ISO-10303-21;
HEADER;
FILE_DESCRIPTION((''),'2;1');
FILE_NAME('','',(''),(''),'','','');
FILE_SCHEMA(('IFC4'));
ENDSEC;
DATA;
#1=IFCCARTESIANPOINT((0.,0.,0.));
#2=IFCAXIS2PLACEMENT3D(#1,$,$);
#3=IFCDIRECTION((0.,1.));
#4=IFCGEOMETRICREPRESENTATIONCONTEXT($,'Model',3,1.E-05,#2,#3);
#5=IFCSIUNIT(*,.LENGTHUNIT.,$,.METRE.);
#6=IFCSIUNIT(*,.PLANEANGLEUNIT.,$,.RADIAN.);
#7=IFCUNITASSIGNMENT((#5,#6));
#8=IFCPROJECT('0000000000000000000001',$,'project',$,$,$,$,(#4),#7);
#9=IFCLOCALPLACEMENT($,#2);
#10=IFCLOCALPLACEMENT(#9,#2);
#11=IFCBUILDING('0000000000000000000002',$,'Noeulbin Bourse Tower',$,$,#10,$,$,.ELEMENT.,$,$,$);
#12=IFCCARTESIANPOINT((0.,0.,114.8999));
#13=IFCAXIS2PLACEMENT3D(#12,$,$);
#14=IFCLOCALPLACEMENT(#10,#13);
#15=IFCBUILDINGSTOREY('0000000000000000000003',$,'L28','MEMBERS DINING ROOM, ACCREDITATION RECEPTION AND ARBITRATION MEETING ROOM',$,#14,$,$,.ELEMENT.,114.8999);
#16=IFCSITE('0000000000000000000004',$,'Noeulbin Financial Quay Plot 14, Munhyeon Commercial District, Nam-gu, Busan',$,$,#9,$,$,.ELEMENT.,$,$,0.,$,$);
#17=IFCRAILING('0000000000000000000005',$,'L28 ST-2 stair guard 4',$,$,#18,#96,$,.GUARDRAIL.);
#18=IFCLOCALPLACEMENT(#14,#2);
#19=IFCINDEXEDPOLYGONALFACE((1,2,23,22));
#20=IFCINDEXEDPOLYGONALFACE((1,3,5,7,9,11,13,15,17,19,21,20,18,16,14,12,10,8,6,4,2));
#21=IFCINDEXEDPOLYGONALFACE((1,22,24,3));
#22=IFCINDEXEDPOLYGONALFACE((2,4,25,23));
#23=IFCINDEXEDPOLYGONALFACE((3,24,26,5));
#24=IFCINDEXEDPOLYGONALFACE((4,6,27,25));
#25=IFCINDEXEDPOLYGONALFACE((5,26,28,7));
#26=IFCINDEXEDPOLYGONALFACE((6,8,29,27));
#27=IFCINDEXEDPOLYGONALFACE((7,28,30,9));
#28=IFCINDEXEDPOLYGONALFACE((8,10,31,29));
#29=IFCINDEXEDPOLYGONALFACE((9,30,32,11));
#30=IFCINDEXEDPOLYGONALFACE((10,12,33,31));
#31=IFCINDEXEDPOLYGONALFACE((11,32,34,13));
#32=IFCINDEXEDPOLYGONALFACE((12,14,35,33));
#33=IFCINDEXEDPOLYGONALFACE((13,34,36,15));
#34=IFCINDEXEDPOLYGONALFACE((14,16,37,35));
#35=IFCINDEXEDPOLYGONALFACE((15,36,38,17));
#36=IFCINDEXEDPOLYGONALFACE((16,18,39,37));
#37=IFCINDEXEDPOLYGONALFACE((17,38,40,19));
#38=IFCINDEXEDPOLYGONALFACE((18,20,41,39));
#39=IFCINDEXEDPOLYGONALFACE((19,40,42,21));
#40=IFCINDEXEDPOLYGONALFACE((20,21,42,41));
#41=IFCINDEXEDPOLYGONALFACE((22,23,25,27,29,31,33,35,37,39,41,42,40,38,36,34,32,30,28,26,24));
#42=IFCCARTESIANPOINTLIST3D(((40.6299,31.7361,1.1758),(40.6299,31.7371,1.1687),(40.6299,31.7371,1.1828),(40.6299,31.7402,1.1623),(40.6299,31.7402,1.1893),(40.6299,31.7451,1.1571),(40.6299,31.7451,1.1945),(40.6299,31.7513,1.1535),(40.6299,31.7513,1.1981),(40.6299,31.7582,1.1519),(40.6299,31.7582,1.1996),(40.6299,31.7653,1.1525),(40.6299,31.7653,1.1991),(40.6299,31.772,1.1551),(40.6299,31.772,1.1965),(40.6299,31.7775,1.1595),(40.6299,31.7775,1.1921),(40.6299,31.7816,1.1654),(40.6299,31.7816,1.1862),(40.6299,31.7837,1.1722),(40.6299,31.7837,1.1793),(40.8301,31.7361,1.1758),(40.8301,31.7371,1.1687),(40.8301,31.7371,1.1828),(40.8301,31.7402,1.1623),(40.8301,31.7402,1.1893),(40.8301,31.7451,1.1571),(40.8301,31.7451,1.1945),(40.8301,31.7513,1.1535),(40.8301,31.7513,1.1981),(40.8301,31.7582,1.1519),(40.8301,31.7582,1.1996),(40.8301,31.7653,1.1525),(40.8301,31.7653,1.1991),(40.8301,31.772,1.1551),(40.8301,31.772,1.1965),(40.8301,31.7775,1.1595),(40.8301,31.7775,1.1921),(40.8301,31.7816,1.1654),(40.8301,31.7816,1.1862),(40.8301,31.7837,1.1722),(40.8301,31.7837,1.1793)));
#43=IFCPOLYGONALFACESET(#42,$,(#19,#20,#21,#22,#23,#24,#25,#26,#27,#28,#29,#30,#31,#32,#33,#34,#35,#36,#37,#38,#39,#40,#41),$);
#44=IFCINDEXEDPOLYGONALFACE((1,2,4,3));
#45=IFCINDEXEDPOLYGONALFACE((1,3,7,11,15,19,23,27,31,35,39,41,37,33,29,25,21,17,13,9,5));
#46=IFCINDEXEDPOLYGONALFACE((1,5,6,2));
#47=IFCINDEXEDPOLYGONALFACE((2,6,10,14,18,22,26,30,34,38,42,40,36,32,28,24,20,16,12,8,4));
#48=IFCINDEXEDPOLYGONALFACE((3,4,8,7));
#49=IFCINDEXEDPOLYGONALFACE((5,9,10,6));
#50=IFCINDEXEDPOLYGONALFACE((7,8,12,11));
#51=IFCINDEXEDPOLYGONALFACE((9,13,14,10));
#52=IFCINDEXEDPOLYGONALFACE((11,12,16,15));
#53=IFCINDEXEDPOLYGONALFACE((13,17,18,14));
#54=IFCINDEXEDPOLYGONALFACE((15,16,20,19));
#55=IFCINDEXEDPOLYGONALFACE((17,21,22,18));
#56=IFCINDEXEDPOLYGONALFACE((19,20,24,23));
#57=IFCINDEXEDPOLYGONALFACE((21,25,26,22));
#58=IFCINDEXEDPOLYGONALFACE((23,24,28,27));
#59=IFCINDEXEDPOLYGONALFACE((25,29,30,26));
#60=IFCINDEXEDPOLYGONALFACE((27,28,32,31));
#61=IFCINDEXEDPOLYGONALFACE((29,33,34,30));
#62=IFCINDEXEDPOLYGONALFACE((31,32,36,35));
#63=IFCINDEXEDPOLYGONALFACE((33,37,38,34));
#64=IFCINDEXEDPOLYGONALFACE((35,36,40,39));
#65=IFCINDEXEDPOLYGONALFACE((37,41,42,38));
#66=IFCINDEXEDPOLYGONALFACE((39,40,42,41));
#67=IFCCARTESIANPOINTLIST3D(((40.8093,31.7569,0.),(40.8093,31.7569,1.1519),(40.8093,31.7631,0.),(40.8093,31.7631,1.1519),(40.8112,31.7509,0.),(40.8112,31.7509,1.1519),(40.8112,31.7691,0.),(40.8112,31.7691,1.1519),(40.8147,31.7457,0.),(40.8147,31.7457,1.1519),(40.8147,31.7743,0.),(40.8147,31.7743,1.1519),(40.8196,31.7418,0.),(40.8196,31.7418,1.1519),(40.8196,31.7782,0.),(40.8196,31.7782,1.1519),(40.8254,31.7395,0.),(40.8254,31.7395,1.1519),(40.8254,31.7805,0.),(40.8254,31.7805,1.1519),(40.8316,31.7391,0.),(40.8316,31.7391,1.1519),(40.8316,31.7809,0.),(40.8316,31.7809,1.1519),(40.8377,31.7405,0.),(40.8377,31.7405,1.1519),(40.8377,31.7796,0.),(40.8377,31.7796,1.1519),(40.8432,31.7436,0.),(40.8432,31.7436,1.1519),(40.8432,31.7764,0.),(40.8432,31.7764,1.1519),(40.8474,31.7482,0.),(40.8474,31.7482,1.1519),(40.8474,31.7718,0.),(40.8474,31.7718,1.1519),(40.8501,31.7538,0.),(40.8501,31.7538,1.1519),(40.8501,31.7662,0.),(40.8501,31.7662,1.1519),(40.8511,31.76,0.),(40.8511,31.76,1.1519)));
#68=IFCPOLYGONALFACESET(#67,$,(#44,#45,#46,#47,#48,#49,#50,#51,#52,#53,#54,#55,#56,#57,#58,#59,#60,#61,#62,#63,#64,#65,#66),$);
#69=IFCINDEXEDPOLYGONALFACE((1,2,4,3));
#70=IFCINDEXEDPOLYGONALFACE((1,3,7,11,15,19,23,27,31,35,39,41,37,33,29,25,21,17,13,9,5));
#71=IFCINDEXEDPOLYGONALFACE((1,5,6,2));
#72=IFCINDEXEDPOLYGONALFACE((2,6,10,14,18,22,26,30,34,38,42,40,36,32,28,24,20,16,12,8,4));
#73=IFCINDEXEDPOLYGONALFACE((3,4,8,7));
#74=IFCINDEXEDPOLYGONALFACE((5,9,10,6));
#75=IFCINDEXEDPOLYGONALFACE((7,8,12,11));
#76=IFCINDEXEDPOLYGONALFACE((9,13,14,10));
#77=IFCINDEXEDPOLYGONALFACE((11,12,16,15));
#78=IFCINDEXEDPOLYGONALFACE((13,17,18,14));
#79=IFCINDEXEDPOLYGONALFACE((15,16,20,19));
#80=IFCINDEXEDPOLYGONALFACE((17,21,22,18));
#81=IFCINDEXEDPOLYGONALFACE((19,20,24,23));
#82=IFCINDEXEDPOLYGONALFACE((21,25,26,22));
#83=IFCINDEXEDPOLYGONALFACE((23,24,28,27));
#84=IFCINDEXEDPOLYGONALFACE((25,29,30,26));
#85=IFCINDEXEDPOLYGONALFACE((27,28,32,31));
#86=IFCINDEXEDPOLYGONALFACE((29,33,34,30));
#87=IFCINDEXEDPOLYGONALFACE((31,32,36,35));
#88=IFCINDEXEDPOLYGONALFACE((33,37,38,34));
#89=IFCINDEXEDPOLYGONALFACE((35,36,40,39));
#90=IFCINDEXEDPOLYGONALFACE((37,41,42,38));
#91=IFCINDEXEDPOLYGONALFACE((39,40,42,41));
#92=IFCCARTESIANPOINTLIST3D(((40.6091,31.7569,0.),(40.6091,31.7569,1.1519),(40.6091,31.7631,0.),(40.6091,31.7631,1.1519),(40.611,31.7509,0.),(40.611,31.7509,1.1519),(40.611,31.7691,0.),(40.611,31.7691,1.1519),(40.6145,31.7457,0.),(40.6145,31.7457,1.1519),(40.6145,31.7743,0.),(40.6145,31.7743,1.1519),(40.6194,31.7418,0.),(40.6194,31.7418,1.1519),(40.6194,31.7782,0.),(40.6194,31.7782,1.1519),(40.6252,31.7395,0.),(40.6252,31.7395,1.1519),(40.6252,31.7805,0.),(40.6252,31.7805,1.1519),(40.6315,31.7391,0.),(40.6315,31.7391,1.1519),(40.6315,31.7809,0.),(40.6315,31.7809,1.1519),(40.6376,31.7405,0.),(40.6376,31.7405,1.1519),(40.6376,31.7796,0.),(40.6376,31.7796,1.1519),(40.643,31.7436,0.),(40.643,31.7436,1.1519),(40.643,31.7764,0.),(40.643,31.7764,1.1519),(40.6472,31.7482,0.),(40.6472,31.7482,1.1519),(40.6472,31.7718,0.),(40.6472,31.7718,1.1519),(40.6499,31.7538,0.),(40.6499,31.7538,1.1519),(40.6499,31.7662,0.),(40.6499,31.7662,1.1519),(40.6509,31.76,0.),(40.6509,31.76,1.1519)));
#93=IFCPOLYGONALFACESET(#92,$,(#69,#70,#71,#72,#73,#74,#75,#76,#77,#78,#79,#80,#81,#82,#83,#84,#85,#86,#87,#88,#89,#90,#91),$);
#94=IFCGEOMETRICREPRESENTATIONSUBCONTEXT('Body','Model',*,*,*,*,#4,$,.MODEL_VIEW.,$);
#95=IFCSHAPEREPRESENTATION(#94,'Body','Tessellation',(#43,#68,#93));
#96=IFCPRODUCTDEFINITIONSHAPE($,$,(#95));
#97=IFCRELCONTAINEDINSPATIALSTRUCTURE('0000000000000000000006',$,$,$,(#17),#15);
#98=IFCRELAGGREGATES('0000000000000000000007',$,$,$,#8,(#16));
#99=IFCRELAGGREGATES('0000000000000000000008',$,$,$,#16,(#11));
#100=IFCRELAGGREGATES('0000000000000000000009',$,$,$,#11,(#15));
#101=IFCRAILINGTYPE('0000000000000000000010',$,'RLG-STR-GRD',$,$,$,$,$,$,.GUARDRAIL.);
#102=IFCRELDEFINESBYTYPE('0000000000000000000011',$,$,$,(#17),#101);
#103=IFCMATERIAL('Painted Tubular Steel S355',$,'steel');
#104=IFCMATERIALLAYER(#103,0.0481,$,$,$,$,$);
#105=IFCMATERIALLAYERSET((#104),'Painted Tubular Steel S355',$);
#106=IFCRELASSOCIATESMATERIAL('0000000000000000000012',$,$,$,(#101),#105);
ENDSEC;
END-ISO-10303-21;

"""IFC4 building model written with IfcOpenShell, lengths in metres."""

from ifc_helpers import new_model, si_unit, direction, frame, origin, origin_2d, place, context, subcontext, project, spatial, circle, extrude, material, layer, layer_set, type_object, element, save


model = new_model("IFC4")

# Units and contexts
model_context = context("Model", 3, precision=1e-05, world=origin(), true_north=direction((0.0, 1.0)))
body_context = subcontext(model_context, "Body", "Model", "MODEL_VIEW")
ifc_project = project(units=[si_unit("LENGTHUNIT", "METRE"), si_unit("PLANEANGLEUNIT", "RADIAN")], contexts=[model_context])

# Site, building, storey
site_placement = place(None, origin())
site = spatial("IfcSite", under=ifc_project, at=site_placement, Name="Noeulbin Financial Quay Plot 14, Munhyeon Commercial District, Nam-gu, Busan", CompositionType="ELEMENT", RefElevation=0.0)
building_placement = place(site_placement, origin())
building = spatial("IfcBuilding", under=site, at=building_placement, Name="Noeulbin Bourse Tower", CompositionType="ELEMENT")
storey_placement = place(building_placement, frame((0.0, 0.0, 114.8999)))
storey = spatial("IfcBuildingStorey", under=building, at=storey_placement, Name="L28", Description="MEMBERS DINING ROOM, ACCREDITATION RECEPTION AND ARBITRATION MEETING ROOM", CompositionType="ELEMENT", Elevation=114.8999)

# Railing
ifc_material_1 = material(Name="Painted Tubular Steel S355", Category="steel")
ifc_layer_1 = layer(ifc_material_1, 0.0481)
ifc_layer_set_1 = layer_set([ifc_layer_1], Name="Painted Tubular Steel S355")
railing_type_1 = type_object("IfcRailingType", Name="RLG-STR-GRD", PredefinedType="GUARDRAIL", material=ifc_layer_set_1)
railing_1_placement = place(storey_placement, frame((40.8301, 31.76, 0.0)))
element("IfcRailing", 1, at=railing_1_placement, inside=storey, type_object=railing_type_1, Name="L28 ST-2 stair guard 4", PredefinedType="GUARDRAIL", context=body_context, shape_type="SweptSolid", body=[
    extrude(circle(Radius=0.0239, at=origin_2d()), frame((0.0, 0.0, 1.1758), z_axis=(-1.0, 0.0, 0.0), x_axis=(0.0, -1.0, 0.0)), (0.0, 0.0, 1.0), 0.2002),
    extrude(circle(Radius=0.021, at=origin_2d()), origin(), (0.0, 0.0, 1.0), 1.1519),
    extrude(circle(Radius=0.021, at=origin_2d()), frame((-0.2002, 0.0, 0.0)), (0.0, 0.0, 1.0), 1.1519),
])

save(model, "model.ifc")
